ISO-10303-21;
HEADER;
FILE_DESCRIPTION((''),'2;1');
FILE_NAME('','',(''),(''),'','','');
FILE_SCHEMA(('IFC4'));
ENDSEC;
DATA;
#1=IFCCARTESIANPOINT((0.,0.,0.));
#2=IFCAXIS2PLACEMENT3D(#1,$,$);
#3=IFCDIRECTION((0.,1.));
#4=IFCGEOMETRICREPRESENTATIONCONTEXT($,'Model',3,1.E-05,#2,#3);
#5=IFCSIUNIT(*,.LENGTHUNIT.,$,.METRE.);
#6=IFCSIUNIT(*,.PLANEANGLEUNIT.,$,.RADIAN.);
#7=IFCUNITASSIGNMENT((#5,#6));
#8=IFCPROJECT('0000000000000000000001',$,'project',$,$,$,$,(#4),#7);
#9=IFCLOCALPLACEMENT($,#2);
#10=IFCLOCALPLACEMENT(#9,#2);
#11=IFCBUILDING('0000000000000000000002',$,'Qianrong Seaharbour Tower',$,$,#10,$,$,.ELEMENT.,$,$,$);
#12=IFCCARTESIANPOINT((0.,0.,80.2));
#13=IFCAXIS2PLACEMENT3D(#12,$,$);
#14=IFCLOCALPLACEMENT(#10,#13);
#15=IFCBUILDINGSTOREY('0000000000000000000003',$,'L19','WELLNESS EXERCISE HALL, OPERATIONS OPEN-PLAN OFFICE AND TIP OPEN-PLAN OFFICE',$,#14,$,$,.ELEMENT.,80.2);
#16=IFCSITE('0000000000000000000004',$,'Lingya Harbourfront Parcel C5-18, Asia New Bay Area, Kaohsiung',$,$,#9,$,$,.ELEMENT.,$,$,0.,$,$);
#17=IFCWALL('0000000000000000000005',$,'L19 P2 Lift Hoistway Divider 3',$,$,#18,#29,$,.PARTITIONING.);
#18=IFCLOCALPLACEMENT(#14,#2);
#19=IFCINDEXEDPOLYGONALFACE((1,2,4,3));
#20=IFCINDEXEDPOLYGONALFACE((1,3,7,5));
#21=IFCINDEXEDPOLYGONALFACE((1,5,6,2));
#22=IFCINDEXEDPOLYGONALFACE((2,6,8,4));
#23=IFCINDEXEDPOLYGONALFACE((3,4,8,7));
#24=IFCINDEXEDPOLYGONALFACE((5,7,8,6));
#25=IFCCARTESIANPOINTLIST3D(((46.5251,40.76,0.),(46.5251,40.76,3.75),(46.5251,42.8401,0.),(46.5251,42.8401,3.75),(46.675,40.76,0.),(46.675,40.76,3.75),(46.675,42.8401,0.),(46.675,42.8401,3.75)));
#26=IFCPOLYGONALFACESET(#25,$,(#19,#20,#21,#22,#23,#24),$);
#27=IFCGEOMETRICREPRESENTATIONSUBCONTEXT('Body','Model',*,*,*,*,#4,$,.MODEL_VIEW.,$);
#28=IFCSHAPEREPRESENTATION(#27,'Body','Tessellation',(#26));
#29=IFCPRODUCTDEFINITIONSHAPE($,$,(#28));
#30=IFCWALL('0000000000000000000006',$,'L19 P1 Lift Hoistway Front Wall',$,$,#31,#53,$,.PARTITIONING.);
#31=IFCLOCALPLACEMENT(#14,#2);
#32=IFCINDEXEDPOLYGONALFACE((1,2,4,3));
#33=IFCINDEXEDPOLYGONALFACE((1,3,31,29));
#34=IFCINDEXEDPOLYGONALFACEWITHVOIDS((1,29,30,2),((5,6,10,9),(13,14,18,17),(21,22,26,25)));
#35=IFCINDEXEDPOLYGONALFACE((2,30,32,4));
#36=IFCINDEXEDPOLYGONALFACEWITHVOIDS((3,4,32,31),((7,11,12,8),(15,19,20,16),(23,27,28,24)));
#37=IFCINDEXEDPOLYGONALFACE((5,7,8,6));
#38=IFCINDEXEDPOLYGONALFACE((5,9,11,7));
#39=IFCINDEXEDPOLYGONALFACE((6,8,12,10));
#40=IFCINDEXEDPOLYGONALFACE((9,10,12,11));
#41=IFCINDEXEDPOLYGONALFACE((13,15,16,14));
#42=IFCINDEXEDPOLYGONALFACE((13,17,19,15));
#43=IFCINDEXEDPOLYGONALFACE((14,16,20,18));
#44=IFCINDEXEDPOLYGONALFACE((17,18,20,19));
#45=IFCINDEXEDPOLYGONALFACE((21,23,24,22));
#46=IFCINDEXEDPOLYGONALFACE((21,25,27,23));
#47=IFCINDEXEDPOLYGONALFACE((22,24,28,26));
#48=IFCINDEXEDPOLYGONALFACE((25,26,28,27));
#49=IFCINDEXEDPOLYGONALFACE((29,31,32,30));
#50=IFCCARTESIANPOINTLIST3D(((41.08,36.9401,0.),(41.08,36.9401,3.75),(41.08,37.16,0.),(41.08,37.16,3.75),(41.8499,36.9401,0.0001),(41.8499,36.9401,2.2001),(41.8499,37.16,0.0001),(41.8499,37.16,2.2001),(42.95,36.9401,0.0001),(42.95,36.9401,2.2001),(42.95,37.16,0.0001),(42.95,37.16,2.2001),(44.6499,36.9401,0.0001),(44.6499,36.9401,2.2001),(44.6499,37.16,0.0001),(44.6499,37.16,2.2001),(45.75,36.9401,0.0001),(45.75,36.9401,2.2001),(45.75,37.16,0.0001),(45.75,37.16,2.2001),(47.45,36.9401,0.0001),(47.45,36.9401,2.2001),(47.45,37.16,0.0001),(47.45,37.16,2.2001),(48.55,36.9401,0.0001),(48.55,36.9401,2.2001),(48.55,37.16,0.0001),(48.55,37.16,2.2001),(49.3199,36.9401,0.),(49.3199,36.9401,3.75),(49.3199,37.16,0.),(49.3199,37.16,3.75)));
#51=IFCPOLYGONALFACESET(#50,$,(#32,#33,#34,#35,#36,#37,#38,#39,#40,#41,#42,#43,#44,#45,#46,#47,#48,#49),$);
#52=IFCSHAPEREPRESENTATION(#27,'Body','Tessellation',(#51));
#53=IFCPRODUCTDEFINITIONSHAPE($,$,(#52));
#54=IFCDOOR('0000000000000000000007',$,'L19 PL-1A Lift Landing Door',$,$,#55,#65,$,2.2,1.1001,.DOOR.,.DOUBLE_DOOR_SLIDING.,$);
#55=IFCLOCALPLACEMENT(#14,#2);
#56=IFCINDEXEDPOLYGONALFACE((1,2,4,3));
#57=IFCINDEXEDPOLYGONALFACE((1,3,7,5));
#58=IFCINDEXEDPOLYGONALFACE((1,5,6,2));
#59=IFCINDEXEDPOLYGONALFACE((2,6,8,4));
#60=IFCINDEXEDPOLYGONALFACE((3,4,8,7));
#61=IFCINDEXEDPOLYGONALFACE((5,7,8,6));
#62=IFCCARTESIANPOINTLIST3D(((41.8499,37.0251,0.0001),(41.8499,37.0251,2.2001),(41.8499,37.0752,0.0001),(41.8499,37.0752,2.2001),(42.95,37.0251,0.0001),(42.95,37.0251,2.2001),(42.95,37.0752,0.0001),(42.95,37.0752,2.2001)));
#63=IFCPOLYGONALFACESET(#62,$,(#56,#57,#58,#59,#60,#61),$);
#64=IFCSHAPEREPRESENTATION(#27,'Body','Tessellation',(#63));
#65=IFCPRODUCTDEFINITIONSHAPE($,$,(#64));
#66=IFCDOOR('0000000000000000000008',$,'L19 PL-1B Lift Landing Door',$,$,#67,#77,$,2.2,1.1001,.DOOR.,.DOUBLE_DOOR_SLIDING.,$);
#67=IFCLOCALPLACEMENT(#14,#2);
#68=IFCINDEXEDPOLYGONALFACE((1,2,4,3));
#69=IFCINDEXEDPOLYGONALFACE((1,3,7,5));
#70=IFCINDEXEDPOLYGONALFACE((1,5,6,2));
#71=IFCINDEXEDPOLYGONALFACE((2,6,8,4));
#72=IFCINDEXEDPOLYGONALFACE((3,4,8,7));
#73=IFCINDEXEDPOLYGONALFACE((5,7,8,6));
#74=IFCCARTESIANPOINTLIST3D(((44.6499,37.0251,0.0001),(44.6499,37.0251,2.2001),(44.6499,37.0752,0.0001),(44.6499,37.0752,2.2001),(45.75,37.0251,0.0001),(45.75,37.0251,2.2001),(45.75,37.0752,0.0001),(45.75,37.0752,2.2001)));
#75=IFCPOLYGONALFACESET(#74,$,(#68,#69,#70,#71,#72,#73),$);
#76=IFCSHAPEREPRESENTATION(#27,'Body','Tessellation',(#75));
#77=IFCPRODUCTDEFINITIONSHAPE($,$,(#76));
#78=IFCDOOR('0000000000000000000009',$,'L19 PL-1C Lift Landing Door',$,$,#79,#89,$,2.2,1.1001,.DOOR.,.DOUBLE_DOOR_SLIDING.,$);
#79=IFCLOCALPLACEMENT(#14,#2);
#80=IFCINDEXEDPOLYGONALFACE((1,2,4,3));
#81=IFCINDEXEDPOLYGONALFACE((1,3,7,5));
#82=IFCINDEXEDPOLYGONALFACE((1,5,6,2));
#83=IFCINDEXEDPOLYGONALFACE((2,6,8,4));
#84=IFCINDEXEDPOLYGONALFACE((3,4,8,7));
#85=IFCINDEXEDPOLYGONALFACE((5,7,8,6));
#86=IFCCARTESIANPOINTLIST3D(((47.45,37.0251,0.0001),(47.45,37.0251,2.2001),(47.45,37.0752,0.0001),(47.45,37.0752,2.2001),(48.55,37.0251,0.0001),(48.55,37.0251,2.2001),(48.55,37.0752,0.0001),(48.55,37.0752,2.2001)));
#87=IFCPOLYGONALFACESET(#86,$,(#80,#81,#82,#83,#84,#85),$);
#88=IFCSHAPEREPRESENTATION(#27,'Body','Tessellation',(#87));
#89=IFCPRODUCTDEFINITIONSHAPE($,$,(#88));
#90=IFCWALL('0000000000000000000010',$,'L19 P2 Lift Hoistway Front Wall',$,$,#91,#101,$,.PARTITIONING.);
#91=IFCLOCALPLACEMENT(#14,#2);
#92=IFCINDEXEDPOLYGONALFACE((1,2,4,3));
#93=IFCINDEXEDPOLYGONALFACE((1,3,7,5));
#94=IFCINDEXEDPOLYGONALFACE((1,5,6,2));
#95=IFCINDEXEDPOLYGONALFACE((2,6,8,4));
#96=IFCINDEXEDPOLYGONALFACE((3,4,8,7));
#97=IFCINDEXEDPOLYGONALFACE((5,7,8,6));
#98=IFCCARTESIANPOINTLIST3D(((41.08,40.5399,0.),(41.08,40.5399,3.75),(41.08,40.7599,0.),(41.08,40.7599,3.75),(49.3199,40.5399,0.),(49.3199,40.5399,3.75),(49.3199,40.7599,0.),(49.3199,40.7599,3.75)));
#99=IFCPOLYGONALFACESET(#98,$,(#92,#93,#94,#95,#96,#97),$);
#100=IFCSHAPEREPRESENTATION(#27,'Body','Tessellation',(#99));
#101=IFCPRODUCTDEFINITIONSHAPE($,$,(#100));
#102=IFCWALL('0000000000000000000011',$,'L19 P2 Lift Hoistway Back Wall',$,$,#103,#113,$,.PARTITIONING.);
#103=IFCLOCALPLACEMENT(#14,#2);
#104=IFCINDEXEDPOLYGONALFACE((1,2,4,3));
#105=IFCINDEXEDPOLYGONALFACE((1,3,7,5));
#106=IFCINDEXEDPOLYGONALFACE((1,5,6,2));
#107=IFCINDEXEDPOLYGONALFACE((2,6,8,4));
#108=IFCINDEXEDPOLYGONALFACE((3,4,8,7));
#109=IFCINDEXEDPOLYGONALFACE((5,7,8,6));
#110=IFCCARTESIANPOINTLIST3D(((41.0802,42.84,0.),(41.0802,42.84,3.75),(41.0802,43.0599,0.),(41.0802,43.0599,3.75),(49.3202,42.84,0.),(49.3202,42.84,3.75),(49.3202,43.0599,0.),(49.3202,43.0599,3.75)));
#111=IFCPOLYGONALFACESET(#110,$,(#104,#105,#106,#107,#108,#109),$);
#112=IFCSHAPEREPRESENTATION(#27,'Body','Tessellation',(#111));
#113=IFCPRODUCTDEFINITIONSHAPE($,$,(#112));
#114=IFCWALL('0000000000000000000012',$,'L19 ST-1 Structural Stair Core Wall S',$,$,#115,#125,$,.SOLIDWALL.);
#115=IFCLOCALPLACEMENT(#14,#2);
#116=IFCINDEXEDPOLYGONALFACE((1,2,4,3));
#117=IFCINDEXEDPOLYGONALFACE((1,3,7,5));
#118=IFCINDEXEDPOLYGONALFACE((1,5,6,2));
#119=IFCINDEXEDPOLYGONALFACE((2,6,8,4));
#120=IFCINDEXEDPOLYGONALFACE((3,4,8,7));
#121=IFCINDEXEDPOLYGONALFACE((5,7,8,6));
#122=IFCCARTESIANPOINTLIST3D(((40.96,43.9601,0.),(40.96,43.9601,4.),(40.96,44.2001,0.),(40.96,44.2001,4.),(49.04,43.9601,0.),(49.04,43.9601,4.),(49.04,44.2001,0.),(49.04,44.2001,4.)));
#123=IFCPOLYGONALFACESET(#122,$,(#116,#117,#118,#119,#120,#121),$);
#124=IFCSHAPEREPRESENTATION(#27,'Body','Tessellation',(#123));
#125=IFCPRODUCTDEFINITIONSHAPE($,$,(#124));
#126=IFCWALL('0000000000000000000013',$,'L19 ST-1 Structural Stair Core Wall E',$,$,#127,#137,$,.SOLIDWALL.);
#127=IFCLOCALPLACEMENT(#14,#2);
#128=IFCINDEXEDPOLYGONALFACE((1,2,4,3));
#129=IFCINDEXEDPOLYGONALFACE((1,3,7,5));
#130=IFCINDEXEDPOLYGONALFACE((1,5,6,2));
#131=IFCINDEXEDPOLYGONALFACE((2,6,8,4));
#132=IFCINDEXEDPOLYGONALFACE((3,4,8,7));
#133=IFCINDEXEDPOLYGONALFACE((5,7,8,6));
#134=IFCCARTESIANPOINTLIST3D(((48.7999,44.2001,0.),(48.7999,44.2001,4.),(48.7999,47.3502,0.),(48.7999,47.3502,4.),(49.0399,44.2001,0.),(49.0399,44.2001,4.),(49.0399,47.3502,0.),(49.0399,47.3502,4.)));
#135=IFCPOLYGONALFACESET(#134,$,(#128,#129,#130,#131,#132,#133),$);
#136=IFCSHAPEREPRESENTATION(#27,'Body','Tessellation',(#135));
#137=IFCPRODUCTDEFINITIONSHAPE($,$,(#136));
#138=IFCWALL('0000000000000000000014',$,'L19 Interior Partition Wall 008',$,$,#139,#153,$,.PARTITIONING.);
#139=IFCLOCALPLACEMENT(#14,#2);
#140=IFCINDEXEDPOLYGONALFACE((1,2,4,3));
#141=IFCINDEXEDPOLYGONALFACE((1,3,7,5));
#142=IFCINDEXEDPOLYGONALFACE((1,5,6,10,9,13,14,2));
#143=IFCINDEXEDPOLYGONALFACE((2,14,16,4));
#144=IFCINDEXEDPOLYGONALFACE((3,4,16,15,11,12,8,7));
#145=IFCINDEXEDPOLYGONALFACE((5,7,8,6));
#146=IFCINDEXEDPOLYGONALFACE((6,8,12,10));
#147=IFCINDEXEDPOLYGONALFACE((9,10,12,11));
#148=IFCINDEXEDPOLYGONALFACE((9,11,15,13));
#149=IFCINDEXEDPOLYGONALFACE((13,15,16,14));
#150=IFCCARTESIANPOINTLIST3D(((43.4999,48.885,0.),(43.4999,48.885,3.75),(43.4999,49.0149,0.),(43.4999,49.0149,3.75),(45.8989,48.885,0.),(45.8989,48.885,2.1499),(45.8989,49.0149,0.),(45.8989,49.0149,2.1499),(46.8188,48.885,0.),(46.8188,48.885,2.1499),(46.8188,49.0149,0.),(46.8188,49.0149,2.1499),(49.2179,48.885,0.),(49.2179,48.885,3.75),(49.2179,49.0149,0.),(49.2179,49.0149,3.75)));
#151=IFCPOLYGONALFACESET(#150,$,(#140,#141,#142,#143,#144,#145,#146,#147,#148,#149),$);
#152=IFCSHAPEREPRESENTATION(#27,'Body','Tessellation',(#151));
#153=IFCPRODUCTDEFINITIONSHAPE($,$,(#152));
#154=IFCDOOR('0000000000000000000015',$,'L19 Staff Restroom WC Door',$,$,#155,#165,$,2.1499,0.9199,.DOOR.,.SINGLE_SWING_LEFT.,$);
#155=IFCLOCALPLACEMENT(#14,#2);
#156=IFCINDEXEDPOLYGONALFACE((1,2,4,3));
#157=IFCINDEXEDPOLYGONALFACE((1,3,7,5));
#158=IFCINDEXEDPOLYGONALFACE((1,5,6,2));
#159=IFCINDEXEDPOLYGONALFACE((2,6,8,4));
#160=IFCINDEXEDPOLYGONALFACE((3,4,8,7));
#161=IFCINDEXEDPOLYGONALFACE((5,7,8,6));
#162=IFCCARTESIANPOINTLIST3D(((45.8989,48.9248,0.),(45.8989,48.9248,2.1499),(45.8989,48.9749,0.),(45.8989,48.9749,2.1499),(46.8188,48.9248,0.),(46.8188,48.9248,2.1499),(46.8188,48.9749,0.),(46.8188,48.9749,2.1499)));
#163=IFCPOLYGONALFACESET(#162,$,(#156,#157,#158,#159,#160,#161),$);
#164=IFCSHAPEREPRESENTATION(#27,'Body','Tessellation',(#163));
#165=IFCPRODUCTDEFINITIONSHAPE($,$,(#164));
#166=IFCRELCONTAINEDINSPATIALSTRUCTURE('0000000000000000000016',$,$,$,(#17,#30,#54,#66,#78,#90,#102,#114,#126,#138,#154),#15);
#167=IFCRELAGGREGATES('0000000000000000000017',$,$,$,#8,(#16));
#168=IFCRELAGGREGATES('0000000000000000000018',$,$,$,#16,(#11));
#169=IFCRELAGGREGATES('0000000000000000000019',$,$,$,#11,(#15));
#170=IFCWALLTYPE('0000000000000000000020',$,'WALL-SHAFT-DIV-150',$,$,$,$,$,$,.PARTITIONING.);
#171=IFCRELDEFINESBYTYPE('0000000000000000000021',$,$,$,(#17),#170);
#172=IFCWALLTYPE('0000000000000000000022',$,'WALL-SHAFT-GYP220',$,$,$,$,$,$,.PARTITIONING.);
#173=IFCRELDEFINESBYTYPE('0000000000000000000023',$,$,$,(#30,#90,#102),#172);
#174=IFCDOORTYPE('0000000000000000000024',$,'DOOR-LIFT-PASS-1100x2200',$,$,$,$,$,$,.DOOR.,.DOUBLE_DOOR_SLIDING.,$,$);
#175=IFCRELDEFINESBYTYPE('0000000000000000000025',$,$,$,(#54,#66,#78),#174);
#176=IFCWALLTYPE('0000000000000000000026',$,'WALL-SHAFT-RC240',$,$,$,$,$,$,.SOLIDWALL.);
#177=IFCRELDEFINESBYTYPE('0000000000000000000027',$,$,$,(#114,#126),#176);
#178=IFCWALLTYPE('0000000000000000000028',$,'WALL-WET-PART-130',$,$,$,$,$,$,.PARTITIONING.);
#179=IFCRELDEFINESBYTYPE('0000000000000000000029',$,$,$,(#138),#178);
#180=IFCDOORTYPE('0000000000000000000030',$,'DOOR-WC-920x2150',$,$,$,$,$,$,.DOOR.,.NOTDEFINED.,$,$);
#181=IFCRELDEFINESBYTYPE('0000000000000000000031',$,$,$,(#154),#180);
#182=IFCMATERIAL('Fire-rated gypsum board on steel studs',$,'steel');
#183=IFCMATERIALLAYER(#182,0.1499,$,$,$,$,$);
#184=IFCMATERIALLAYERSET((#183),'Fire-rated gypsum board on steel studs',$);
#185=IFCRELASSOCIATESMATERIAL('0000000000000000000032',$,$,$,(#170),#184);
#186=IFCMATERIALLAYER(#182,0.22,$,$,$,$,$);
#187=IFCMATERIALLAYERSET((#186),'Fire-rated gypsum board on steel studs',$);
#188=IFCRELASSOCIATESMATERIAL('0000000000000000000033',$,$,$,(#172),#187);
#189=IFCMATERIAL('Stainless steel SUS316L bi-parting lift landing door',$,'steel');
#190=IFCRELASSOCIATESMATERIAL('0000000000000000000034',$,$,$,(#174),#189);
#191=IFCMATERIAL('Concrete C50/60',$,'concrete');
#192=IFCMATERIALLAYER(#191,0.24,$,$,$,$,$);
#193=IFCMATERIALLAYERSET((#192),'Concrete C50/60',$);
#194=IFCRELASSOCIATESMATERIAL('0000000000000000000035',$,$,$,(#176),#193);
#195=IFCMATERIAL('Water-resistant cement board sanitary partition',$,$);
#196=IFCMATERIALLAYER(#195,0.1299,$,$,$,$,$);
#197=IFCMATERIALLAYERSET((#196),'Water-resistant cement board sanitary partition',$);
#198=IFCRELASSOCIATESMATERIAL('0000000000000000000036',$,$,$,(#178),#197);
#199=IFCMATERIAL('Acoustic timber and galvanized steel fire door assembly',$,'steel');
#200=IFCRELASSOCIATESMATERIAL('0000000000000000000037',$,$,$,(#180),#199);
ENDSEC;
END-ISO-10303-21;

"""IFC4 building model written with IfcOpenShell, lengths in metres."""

from ifc_helpers import new_model, si_unit, direction, frame, frame_2d, origin, place, context, subcontext, project, spatial, rectangle, extrude, material, layer, layer_set, type_object, element, fill, save


model = new_model("IFC4")

# Units and contexts
model_context = context("Model", 3, precision=1e-05, world=origin(), true_north=direction((0.0, 1.0)))
body_context = subcontext(model_context, "Body", "Model", "MODEL_VIEW")
ifc_project = project(units=[si_unit("LENGTHUNIT", "METRE"), si_unit("PLANEANGLEUNIT", "RADIAN")], contexts=[model_context])

# Site, building, storey
site_placement = place(None, origin())
site = spatial("IfcSite", under=ifc_project, at=site_placement, Name="Lingya Harbourfront Parcel C5-18, Asia New Bay Area, Kaohsiung", CompositionType="ELEMENT", RefElevation=0.0)
building_placement = place(site_placement, origin())
building = spatial("IfcBuilding", under=site, at=building_placement, Name="Qianrong Seaharbour Tower", CompositionType="ELEMENT")
storey_placement = place(building_placement, frame((0.0, 0.0, 80.2)))
storey = spatial("IfcBuildingStorey", under=building, at=storey_placement, Name="L19", Description="WELLNESS EXERCISE HALL, OPERATIONS OPEN-PLAN OFFICE AND TIP OPEN-PLAN OFFICE", CompositionType="ELEMENT", Elevation=80.2)

# Wall
ifc_material_1 = material(Name="Fire-rated gypsum board on steel studs", Category="steel")
ifc_layer_1 = layer(ifc_material_1, 0.1499)
ifc_layer_set_1 = layer_set([ifc_layer_1], Name="Fire-rated gypsum board on steel studs")
wall_type_1 = type_object("IfcWallType", Name="WALL-SHAFT-DIV-150", PredefinedType="PARTITIONING", material=ifc_layer_set_1)
for number, where, z_axis, x_axis, name in (
    (1, (46.6001, 40.76, 0.0), (0.0, 0.0, 1.0), (0.0, 1.0, 0.0), "L19 P2 Lift Hoistway Divider 3"),
):
    element("IfcWall", number, at=place(storey_placement, frame(where, z_axis=z_axis, x_axis=x_axis)), inside=storey, type_object=wall_type_1, Name=name, PredefinedType="PARTITIONING", context=body_context, shape_type="SweptSolid", body=[
        extrude(rectangle(XDim=2.0801, YDim=0.1499, at=frame_2d((1.04, 0.0))), origin(), (0.0, 0.0, 1.0), 3.75),
    ])

# Wall, openings, doors
ifc_layer_2 = layer(ifc_material_1, 0.22)
ifc_layer_set_2 = layer_set([ifc_layer_2], Name="Fire-rated gypsum board on steel studs")
wall_type_2 = type_object("IfcWallType", Name="WALL-SHAFT-GYP220", PredefinedType="PARTITIONING", material=ifc_layer_set_2)
wall_1_placement = place(storey_placement, frame((49.3201, 37.05, 0.0), z_axis=(0.0, 0.0, 1.0), x_axis=(-1.0, 0.0, 0.0)))
wall_1 = element("IfcWall", 2, at=wall_1_placement, inside=storey, type_object=wall_type_2, Name="L19 P1 Lift Hoistway Front Wall", PredefinedType="PARTITIONING", context=body_context, shape_type="SweptSolid", body=[
    extrude(rectangle(XDim=8.24, YDim=0.22, at=frame_2d((4.1201, 0.0))), origin(), (0.0, 0.0, 1.0), 3.75),
])
opening_1_placement = place(wall_1_placement, frame((6.3701, 0.0, 0.0)))
opening_1 = element("IfcOpeningElement", 3, at=opening_1_placement, cuts=wall_1, PredefinedType="OPENING", context=body_context, shape_type="SweptSolid", body=[
    extrude(rectangle(XDim=1.1001, YDim=2.2, at=frame_2d((0.55, 1.1001))), frame((0.0, 0.1201, 0.0), z_axis=(0.0, -1.0, 0.0), x_axis=(1.0, 0.0, 0.0)), (0.0, 0.0, 1.0), 0.24),
])
opening_2_placement = place(wall_1_placement, frame((3.5701, 0.0, 0.0)))
opening_2 = element("IfcOpeningElement", 4, at=opening_2_placement, cuts=wall_1, PredefinedType="OPENING", context=body_context, shape_type="SweptSolid", body=[
    extrude(rectangle(XDim=1.1001, YDim=2.2, at=frame_2d((0.55, 1.1001))), frame((0.0, 0.1201, 0.0), z_axis=(0.0, -1.0, 0.0), x_axis=(1.0, 0.0, 0.0)), (0.0, 0.0, 1.0), 0.24),
])
opening_3_placement = place(wall_1_placement, frame((0.77, 0.0, 0.0)))
opening_3 = element("IfcOpeningElement", 5, at=opening_3_placement, cuts=wall_1, PredefinedType="OPENING", context=body_context, shape_type="SweptSolid", body=[
    extrude(rectangle(XDim=1.1001, YDim=2.2, at=frame_2d((0.55, 1.1001))), frame((0.0, 0.1201, 0.0), z_axis=(0.0, -1.0, 0.0), x_axis=(1.0, 0.0, 0.0)), (0.0, 0.0, 1.0), 0.24),
])
ifc_material_2 = material(Name="Stainless steel SUS316L bi-parting lift landing door", Category="steel")
door_type_1 = type_object("IfcDoorType", Name="DOOR-LIFT-PASS-1100x2200", OperationType="DOUBLE_DOOR_SLIDING", PredefinedType="DOOR", material=ifc_material_2)
door_1_placement = place(opening_1_placement, origin())
door_1 = element("IfcDoor", 6, at=door_1_placement, inside=storey, type_object=door_type_1, Name="L19 PL-1A Lift Landing Door", OperationType="DOUBLE_DOOR_SLIDING", OverallHeight=2.2, OverallWidth=1.1001, PredefinedType="DOOR", context=body_context, shape_type="SweptSolid", body=[
    extrude(rectangle(XDim=1.1001, YDim=2.2, at=frame_2d((0.55, 1.1001))), frame((0.0, 0.0249, 0.0), z_axis=(0.0, -1.0, 0.0), x_axis=(1.0, 0.0, 0.0)), (0.0, 0.0, 1.0), 0.05),
])
fill(opening_1, door_1)
door_2_placement = place(opening_2_placement, origin())
door_2 = element("IfcDoor", 7, at=door_2_placement, inside=storey, type_object=door_type_1, Name="L19 PL-1B Lift Landing Door", OperationType="DOUBLE_DOOR_SLIDING", OverallHeight=2.2, OverallWidth=1.1001, PredefinedType="DOOR", context=body_context, shape_type="SweptSolid", body=[
    extrude(rectangle(XDim=1.1001, YDim=2.2, at=frame_2d((0.55, 1.1001))), frame((0.0, 0.0249, 0.0), z_axis=(0.0, -1.0, 0.0), x_axis=(1.0, 0.0, 0.0)), (0.0, 0.0, 1.0), 0.05),
])
fill(opening_2, door_2)
door_3_placement = place(opening_3_placement, origin())
door_3 = element("IfcDoor", 8, at=door_3_placement, inside=storey, type_object=door_type_1, Name="L19 PL-1C Lift Landing Door", OperationType="DOUBLE_DOOR_SLIDING", OverallHeight=2.2, OverallWidth=1.1001, PredefinedType="DOOR", context=body_context, shape_type="SweptSolid", body=[
    extrude(rectangle(XDim=1.1001, YDim=2.2, at=frame_2d((0.55, 1.1001))), frame((0.0, 0.0249, 0.0), z_axis=(0.0, -1.0, 0.0), x_axis=(1.0, 0.0, 0.0)), (0.0, 0.0, 1.0), 0.05),
])
fill(opening_3, door_3)

# Walls
for number, where, z_axis, x_axis, name in (
    (9, (49.3201, 40.6499, 0.0), (0.0, 0.0, 1.0), (-1.0, 0.0, 0.0), "L19 P2 Lift Hoistway Front Wall"),
    (10, (41.0801, 42.95, 0.0), (0.0, 0.0, 1.0), (1.0, 0.0, 0.0), "L19 P2 Lift Hoistway Back Wall"),
):
    element("IfcWall", number, at=place(storey_placement, frame(where, z_axis=z_axis, x_axis=x_axis)), inside=storey, type_object=wall_type_2, Name=name, PredefinedType="PARTITIONING", context=body_context, shape_type="SweptSolid", body=[
        extrude(rectangle(XDim=8.24, YDim=0.22, at=frame_2d((4.1201, 0.0))), origin(), (0.0, 0.0, 1.0), 3.75),
    ])
ifc_material_3 = material(Name="Concrete C50/60", Category="concrete")
ifc_layer_3 = layer(ifc_material_3, 0.24)
ifc_layer_set_3 = layer_set([ifc_layer_3], Name="Concrete C50/60")
wall_type_3 = type_object("IfcWallType", Name="WALL-SHAFT-RC240", PredefinedType="SOLIDWALL", material=ifc_layer_set_3)
wall_2_placement = place(storey_placement, frame((49.04, 44.0801, 0.0), z_axis=(0.0, 0.0, 1.0), x_axis=(-1.0, 0.0, 0.0)))
element("IfcWall", 11, at=wall_2_placement, inside=storey, type_object=wall_type_3, Name="L19 ST-1 Structural Stair Core Wall S", PredefinedType="SOLIDWALL", context=body_context, shape_type="SweptSolid", body=[
    extrude(rectangle(XDim=8.0801, YDim=0.24, at=frame_2d((4.04, 0.0))), origin(), (0.0, 0.0, 1.0), 4.0),
])
wall_3_placement = place(storey_placement, frame((48.9199, 44.2, 0.0), z_axis=(0.0, 0.0, 1.0), x_axis=(0.0, 1.0, 0.0)))
element("IfcWall", 12, at=wall_3_placement, inside=storey, type_object=wall_type_3, Name="L19 ST-1 Structural Stair Core Wall E", PredefinedType="SOLIDWALL", context=body_context, shape_type="SweptSolid", body=[
    extrude(rectangle(XDim=3.1501, YDim=0.24, at=frame_2d((1.5752, 0.0))), origin(), (0.0, 0.0, 1.0), 4.0),
])

# Wall, opening, door
ifc_material_4 = material(Name="Water-resistant cement board sanitary partition")
ifc_layer_4 = layer(ifc_material_4, 0.1299)
ifc_layer_set_4 = layer_set([ifc_layer_4], Name="Water-resistant cement board sanitary partition")
wall_type_4 = type_object("IfcWallType", Name="WALL-WET-PART-130", PredefinedType="PARTITIONING", material=ifc_layer_set_4)
wall_4_placement = place(storey_placement, frame((43.5, 48.95, 0.0), z_axis=(0.0, 0.0, 1.0), x_axis=(1.0, 0.0, 0.0)))
wall_4 = element("IfcWall", 13, at=wall_4_placement, inside=storey, type_object=wall_type_4, Name="L19 Interior Partition Wall 008", PredefinedType="PARTITIONING", context=body_context, shape_type="SweptSolid", body=[
    extrude(rectangle(XDim=5.718, YDim=0.1299, at=frame_2d((2.8589, 0.0))), origin(), (0.0, 0.0, 1.0), 3.75),
])
opening_4_placement = place(wall_4_placement, frame((2.3989, 0.0, 0.0)))
opening_4 = element("IfcOpeningElement", 14, at=opening_4_placement, cuts=wall_4, PredefinedType="OPENING", context=body_context, shape_type="SweptSolid", body=[
    extrude(rectangle(XDim=0.9199, YDim=2.1499, at=frame_2d((0.46, 1.075))), frame((0.0, 0.075, 0.0), z_axis=(0.0, -1.0, 0.0), x_axis=(1.0, 0.0, 0.0)), (0.0, 0.0, 1.0), 0.1499),
])
ifc_material_5 = material(Name="Acoustic timber and galvanized steel fire door assembly", Category="steel")
door_type_2 = type_object("IfcDoorType", Name="DOOR-WC-920x2150", OperationType="NOTDEFINED", PredefinedType="DOOR", material=ifc_material_5)
door_4_placement = place(opening_4_placement, origin())
door_4 = element("IfcDoor", 15, at=door_4_placement, inside=storey, type_object=door_type_2, Name="L19 Staff Restroom WC Door", OperationType="SINGLE_SWING_LEFT", OverallHeight=2.1499, OverallWidth=0.9199, PredefinedType="DOOR", context=body_context, shape_type="SweptSolid", body=[
    extrude(rectangle(XDim=0.9199, YDim=2.1499, at=frame_2d((0.46, 1.075))), frame((0.0, 0.0249, 0.0), z_axis=(0.0, -1.0, 0.0), x_axis=(1.0, 0.0, 0.0)), (0.0, 0.0, 1.0), 0.05),
])
fill(opening_4, door_4)

save(model, "model.ifc")
